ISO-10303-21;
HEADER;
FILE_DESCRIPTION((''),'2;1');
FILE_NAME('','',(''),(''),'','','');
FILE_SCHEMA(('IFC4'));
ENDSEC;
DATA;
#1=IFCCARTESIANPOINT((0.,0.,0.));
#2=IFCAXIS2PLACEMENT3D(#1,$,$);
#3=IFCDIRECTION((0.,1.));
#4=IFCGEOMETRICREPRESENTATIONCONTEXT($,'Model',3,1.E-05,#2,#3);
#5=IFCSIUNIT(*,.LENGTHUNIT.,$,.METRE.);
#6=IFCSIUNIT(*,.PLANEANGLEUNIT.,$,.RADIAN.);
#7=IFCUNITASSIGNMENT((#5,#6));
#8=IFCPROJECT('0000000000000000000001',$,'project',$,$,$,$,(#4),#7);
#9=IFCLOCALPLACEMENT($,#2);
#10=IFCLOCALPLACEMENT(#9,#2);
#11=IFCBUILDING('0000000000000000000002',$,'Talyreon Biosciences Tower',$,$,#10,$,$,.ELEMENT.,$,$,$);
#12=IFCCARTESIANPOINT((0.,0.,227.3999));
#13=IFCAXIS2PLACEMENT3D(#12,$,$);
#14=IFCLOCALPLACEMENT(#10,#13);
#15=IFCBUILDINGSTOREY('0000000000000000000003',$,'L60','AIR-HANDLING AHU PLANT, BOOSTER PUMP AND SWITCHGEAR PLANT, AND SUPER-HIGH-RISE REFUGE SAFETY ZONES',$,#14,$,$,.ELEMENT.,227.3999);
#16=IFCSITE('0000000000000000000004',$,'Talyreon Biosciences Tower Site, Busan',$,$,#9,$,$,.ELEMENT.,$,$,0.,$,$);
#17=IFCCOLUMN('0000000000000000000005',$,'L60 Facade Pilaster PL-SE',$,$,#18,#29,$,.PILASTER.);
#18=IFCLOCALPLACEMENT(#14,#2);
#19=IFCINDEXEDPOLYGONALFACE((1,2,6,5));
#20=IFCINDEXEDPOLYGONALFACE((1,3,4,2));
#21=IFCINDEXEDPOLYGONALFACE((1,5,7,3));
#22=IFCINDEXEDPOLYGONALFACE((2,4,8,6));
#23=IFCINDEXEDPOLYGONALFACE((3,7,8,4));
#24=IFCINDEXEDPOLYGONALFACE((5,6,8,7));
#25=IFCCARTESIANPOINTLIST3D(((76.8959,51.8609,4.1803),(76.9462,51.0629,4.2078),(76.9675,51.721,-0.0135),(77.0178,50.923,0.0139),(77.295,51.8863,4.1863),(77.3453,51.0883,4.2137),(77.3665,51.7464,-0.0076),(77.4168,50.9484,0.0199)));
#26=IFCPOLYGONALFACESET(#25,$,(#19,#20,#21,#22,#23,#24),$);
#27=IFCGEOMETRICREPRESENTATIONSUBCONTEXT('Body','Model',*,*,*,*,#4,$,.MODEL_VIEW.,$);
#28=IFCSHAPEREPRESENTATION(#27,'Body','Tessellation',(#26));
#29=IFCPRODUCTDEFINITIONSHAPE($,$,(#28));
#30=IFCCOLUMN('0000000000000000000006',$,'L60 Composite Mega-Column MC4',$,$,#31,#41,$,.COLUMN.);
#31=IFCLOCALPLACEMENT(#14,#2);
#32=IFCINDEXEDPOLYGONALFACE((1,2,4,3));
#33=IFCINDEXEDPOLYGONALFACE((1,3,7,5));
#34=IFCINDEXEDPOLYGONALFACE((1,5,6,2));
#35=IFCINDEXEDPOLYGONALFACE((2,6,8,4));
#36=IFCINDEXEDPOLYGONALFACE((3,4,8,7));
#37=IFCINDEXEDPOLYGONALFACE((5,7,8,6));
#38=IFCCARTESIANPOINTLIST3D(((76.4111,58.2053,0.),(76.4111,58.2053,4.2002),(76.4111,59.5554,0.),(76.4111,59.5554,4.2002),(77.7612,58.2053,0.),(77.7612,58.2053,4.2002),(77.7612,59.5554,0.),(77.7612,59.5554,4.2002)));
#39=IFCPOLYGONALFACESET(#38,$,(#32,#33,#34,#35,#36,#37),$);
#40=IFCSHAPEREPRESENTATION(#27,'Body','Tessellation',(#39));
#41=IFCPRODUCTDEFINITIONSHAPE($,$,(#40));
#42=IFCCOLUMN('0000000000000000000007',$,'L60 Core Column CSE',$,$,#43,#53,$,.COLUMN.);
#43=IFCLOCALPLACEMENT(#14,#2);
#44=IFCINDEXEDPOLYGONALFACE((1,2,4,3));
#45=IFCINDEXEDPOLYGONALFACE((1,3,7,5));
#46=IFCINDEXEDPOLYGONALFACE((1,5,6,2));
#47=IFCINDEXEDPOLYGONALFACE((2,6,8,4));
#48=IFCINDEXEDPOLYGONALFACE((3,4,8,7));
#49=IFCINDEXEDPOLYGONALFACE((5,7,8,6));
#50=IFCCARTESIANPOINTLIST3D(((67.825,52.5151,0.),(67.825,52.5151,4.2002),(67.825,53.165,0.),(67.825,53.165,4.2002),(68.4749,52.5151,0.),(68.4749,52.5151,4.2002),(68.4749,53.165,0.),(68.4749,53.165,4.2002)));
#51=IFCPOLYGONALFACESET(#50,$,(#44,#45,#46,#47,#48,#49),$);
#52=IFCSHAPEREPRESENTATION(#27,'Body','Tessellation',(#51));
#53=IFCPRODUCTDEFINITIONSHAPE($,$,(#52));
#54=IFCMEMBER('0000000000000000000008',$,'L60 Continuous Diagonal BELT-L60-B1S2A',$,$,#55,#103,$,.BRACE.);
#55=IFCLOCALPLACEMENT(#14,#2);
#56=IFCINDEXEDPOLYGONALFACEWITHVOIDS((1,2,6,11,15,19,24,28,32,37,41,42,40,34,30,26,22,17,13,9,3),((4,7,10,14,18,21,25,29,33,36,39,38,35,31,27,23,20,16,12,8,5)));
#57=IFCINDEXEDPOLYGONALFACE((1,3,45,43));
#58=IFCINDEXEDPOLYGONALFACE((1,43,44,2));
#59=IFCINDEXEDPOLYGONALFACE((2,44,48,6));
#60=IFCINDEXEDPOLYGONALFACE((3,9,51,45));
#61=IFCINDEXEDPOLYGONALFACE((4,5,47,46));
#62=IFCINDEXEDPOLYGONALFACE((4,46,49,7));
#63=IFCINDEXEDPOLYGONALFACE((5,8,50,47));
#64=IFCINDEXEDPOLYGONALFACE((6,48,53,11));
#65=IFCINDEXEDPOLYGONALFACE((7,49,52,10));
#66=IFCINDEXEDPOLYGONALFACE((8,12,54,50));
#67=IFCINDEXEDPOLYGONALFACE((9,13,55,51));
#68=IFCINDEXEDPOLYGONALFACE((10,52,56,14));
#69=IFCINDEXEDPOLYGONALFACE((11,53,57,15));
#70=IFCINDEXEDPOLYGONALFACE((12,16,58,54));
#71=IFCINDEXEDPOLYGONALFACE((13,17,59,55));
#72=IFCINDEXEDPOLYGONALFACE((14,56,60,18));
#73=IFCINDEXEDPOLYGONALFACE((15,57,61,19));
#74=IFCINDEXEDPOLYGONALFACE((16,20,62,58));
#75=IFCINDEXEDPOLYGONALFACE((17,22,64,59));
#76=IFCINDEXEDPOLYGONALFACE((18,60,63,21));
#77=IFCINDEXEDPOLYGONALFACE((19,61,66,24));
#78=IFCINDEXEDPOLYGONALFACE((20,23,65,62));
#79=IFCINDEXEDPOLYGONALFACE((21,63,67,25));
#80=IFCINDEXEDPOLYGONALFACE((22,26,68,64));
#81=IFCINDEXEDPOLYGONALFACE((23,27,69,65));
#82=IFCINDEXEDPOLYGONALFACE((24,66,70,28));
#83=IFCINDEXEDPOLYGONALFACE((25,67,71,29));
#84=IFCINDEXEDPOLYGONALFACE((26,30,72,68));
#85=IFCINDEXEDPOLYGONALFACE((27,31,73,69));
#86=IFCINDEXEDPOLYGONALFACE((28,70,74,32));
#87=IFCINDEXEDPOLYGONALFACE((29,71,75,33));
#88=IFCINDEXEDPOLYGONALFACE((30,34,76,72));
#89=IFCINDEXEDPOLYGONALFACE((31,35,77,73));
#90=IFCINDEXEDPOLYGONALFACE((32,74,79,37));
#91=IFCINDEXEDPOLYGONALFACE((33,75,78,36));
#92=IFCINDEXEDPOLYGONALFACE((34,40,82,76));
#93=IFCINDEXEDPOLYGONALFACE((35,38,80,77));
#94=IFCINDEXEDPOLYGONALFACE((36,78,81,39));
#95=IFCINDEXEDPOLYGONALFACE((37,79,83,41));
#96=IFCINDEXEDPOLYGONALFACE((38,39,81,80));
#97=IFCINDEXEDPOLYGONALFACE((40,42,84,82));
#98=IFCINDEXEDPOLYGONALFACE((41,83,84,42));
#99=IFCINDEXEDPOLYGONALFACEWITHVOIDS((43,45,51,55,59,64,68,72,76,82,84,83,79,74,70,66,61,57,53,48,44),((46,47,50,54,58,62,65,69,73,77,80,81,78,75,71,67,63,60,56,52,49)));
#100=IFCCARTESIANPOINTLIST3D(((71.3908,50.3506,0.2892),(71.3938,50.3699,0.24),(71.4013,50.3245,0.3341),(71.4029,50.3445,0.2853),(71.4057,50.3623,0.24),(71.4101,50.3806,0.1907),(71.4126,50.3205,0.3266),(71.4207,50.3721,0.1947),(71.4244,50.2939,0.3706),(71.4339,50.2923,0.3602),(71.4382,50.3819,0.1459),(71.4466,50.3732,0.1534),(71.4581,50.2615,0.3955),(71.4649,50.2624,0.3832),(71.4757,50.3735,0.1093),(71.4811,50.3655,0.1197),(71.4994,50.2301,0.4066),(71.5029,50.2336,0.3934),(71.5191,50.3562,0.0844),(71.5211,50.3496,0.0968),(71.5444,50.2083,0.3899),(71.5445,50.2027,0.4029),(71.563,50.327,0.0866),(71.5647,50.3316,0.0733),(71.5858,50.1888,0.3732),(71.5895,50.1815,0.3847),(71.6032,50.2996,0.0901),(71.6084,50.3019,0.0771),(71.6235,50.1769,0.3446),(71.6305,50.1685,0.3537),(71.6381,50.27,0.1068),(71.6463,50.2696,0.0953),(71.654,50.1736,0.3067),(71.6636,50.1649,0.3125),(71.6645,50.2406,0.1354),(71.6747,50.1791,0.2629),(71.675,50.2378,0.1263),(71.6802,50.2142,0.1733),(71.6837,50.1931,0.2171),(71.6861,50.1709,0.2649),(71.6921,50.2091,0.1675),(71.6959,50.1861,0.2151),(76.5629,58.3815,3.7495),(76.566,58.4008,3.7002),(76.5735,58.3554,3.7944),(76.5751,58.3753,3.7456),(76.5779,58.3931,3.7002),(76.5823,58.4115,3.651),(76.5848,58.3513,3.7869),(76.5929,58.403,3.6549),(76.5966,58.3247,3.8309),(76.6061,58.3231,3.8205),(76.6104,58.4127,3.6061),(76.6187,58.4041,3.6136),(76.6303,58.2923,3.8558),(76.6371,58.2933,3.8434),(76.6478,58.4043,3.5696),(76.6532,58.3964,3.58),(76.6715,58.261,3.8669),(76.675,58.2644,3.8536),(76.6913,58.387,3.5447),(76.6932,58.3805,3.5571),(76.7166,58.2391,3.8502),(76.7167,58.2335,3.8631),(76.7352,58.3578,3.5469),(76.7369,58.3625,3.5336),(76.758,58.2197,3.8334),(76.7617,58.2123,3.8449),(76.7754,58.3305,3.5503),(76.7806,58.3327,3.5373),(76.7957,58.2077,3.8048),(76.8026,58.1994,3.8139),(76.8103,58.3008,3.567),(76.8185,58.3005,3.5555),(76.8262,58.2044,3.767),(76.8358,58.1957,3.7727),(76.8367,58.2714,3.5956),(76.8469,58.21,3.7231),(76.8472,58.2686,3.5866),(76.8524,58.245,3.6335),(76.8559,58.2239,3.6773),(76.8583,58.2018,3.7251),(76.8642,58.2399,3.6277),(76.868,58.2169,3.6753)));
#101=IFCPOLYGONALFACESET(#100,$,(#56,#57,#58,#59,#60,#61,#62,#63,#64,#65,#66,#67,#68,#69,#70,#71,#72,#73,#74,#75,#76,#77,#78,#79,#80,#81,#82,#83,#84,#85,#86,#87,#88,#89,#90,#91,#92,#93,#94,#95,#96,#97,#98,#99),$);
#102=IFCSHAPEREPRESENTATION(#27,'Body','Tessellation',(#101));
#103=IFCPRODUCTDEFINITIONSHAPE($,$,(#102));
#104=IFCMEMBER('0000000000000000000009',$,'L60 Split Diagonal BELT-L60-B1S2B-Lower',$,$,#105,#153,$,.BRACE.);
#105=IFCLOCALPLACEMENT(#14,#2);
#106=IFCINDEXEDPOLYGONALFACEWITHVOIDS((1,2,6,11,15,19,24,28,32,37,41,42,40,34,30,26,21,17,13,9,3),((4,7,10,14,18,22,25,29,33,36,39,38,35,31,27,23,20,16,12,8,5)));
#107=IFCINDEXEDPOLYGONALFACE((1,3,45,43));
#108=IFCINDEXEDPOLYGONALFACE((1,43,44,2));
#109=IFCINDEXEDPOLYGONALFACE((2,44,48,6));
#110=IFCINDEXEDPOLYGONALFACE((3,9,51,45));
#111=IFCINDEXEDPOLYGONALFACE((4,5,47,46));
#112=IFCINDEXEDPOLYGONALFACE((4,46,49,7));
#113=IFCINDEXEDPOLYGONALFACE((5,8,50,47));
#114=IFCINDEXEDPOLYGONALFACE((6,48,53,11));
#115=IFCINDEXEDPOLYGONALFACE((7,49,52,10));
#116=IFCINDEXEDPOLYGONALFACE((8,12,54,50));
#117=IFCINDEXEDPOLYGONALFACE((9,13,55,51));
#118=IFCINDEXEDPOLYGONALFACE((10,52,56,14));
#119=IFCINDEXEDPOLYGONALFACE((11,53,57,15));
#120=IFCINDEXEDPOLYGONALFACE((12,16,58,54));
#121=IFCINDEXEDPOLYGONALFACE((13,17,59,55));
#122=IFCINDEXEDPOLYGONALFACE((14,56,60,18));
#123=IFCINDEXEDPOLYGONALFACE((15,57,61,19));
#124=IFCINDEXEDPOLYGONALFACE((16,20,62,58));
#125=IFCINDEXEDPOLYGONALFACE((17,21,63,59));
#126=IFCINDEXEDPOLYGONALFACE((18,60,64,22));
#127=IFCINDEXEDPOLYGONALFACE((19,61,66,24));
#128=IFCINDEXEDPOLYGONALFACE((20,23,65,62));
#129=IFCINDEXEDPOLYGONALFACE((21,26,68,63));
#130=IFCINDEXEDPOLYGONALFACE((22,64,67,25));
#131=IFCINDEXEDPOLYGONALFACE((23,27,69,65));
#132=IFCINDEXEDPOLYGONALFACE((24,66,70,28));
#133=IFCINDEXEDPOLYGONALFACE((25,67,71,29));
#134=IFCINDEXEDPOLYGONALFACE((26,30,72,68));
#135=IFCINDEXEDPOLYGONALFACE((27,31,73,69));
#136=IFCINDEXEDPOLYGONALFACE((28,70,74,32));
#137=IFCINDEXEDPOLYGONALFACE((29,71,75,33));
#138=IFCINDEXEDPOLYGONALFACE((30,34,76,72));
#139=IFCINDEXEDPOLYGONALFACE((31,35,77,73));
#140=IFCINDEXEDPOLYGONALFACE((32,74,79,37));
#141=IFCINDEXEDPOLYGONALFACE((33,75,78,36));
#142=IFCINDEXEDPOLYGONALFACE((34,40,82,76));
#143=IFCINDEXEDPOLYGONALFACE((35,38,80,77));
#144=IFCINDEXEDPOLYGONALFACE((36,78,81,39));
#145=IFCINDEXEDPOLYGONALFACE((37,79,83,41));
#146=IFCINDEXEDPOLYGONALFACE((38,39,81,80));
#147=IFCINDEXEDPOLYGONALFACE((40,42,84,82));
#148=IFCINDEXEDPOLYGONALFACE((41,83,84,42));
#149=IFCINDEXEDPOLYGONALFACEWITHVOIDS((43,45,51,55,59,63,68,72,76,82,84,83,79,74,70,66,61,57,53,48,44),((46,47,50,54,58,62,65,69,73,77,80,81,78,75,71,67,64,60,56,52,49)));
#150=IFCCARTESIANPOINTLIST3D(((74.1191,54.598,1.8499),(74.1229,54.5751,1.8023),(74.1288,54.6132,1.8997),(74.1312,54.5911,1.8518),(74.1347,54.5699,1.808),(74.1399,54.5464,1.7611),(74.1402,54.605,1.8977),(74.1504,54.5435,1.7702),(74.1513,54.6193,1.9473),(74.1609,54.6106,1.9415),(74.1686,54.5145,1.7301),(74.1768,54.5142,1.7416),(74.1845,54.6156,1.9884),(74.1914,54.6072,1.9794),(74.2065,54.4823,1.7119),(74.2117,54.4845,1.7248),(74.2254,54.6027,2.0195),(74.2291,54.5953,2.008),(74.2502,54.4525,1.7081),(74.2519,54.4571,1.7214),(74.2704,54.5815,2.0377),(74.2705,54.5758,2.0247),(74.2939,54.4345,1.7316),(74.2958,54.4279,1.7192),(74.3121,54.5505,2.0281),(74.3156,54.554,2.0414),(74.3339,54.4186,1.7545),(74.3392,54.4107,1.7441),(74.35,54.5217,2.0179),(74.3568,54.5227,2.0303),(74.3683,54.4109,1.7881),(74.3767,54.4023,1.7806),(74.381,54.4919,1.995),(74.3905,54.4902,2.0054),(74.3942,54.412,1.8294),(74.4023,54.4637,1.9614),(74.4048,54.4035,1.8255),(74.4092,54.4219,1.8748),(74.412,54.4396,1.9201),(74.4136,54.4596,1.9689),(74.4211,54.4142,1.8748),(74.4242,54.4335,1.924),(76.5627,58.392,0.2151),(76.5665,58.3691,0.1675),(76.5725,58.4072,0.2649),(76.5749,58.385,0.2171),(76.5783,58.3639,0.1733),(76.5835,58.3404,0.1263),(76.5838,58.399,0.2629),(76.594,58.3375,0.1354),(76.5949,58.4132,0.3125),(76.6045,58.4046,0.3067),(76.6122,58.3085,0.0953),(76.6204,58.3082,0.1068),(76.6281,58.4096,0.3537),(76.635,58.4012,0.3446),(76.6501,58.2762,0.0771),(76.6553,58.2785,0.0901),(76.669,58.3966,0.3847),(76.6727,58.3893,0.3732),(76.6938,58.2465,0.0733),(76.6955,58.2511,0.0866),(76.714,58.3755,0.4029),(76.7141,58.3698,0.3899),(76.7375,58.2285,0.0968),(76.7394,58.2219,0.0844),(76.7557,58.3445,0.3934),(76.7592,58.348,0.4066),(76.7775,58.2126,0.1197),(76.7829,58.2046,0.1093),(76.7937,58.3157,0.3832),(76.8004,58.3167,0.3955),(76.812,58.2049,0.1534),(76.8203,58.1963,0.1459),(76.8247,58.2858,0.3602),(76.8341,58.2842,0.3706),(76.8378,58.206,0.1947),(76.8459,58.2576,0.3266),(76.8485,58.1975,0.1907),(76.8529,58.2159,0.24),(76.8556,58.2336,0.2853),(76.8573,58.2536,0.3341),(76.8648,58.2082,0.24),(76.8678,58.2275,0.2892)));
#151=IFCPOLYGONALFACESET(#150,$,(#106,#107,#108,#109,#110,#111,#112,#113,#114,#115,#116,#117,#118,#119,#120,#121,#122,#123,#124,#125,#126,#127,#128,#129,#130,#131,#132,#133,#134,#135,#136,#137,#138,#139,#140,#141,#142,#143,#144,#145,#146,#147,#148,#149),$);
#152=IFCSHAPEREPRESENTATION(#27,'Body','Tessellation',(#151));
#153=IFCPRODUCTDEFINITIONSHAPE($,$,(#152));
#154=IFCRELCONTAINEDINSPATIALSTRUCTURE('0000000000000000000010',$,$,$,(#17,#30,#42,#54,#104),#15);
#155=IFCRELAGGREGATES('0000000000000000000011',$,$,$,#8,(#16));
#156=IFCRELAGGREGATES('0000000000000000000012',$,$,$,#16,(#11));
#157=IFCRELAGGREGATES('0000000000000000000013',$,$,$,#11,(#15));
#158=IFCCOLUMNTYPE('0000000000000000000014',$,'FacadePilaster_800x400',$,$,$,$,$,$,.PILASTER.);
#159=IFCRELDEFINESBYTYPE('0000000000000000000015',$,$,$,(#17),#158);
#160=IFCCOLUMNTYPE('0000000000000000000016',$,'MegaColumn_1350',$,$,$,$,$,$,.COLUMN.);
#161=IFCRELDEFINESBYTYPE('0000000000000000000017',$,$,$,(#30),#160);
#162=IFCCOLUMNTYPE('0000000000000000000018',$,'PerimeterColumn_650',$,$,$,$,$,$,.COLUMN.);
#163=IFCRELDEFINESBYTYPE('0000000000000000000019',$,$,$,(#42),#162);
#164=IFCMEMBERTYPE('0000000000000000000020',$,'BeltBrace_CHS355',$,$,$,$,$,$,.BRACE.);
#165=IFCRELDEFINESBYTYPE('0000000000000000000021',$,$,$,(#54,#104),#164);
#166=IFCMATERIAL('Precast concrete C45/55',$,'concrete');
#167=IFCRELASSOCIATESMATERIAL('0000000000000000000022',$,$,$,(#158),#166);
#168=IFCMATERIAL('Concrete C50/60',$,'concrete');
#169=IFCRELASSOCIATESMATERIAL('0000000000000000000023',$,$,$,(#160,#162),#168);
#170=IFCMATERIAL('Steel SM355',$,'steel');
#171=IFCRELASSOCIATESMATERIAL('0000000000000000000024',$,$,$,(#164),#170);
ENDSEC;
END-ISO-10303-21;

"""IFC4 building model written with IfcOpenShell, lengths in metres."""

from ifc_helpers import new_model, si_unit, direction, frame, origin, origin_2d, place, context, subcontext, project, spatial, rectangle, hollow_circle, extrude, material, material_profile, profile_set, type_object, element, save


model = new_model("IFC4")

# Units and contexts
model_context = context("Model", 3, precision=1e-05, world=origin(), true_north=direction((0.0, 1.0)))
body_context = subcontext(model_context, "Body", "Model", "MODEL_VIEW")
ifc_project = project(units=[si_unit("LENGTHUNIT", "METRE"), si_unit("PLANEANGLEUNIT", "RADIAN")], contexts=[model_context])

# Site, building, storey
site_placement = place(None, origin())
site = spatial("IfcSite", under=ifc_project, at=site_placement, Name="Talyreon Biosciences Tower Site, Busan", CompositionType="ELEMENT", RefElevation=0.0)
building_placement = place(site_placement, origin())
building = spatial("IfcBuilding", under=site, at=building_placement, Name="Talyreon Biosciences Tower", CompositionType="ELEMENT")
storey_placement = place(building_placement, frame((0.0, 0.0, 227.3999)))
storey = spatial("IfcBuildingStorey", under=building, at=storey_placement, Name="L60", Description="AIR-HANDLING AHU PLANT, BOOSTER PUMP AND SWITCHGEAR PLANT, AND SUPER-HIGH-RISE REFUGE SAFETY ZONES", CompositionType="ELEMENT", Elevation=227.3999)

# Columns
ifc_material_1 = material(Name="Precast concrete C45/55", Category="concrete")
ifc_material_profile_1 = material_profile(ifc_material_1, rectangle(XDim=0.8, YDim=0.3999, at=origin_2d()), Name="RC 800x400")
ifc_profile_set_1 = profile_set([ifc_material_profile_1], Name="Precast concrete C45/55")
column_type_1 = type_object("IfcColumnType", Name="FacadePilaster_800x400", PredefinedType="PILASTER", material=ifc_profile_set_1)
column_1_placement = place(storey_placement, frame((77.1921, 51.3347, 0.0032), z_axis=(-0.017045, 0.033333, 0.999299), x_axis=(0.062892, -0.997429, 0.034344)))
element("IfcColumn", 1, at=column_1_placement, inside=storey, type_object=column_type_1, Name="L60 Facade Pilaster PL-SE", PredefinedType="PILASTER", context=body_context, shape_type="SweptSolid", body=[
    extrude(rectangle(XDim=0.8, YDim=0.3999, at=origin_2d()), origin(), (0.0, 0.0, 1.0), 4.1968),
])
ifc_material_2 = material(Name="Concrete C50/60", Category="concrete")
ifc_material_profile_2 = material_profile(ifc_material_2, rectangle(XDim=1.3501, YDim=1.3501, at=origin_2d()), Name="RC 1350x1350")
ifc_profile_set_2 = profile_set([ifc_material_profile_2], Name="Concrete C50/60")
column_type_2 = type_object("IfcColumnType", Name="MegaColumn_1350", PredefinedType="COLUMN", material=ifc_profile_set_2)
column_2_placement = place(storey_placement, frame((77.0862, 58.8804, 0.0), z_axis=(0.0, 0.0, 1.0), x_axis=(1.0, 0.0, 0.0)))
element("IfcColumn", 2, at=column_2_placement, inside=storey, type_object=column_type_2, Name="L60 Composite Mega-Column MC4", PredefinedType="COLUMN", context=body_context, shape_type="SweptSolid", body=[
    extrude(rectangle(XDim=1.3501, YDim=1.3501, at=origin_2d()), origin(), (0.0, 0.0, 1.0), 4.2002),
])
ifc_material_profile_3 = material_profile(ifc_material_2, rectangle(XDim=0.6499, YDim=0.6499, at=origin_2d()), Name="RC 650x650")
ifc_profile_set_3 = profile_set([ifc_material_profile_3], Name="Concrete C50/60")
column_type_3 = type_object("IfcColumnType", Name="PerimeterColumn_650", PredefinedType="COLUMN", material=ifc_profile_set_3)
column_3_placement = place(storey_placement, frame((68.1499, 52.8401, 0.0), z_axis=(0.0, 0.0, 1.0), x_axis=(1.0, 0.0, 0.0)))
element("IfcColumn", 3, at=column_3_placement, inside=storey, type_object=column_type_3, Name="L60 Core Column CSE", PredefinedType="COLUMN", context=body_context, shape_type="SweptSolid", body=[
    extrude(rectangle(XDim=0.6499, YDim=0.6499, at=origin_2d()), origin(), (0.0, 0.0, 1.0), 4.2002),
])

# Members
ifc_material_3 = material(Name="Steel SM355", Category="steel")
ifc_material_profile_4 = material_profile(ifc_material_3, hollow_circle(Radius=0.1777, WallThickness=0.0142, at=origin_2d()), Name="CHS 355.6x14.2")
ifc_profile_set_4 = profile_set([ifc_material_profile_4], Name="Steel SM355")
member_type_1 = type_object("IfcMemberType", Name="BeltBrace_CHS355", PredefinedType="BRACE", material=ifc_profile_set_4)
member_1_placement = place(storey_placement, frame((71.5432, 50.2737, 0.24), z_axis=(0.509088, 0.790462, 0.340586), x_axis=(-0.840726, 0.54146, 0.0)))
element("IfcMember", 4, at=member_1_placement, inside=storey, type_object=member_type_1, Name="L60 Continuous Diagonal BELT-L60-B1S2A", PredefinedType="BRACE", context=body_context, shape_type="SweptSolid", body=[
    extrude(hollow_circle(Radius=0.1777, WallThickness=0.0142, at=origin_2d()), origin(), (0.0, 0.0, 1.0), 10.1597),
])
member_2_placement = place(storey_placement, frame((76.7153, 58.3044, 0.24), z_axis=(-0.50911, -0.790445, 0.340593), x_axis=(0.840711, -0.541485, 0.0)))
element("IfcMember", 5, at=member_2_placement, inside=storey, type_object=member_type_1, Name="L60 Split Diagonal BELT-L60-B1S2B-Lower", PredefinedType="BRACE", context=body_context, shape_type="SweptSolid", body=[
    extrude(hollow_circle(Radius=0.1777, WallThickness=0.0142, at=origin_2d()), origin(), (0.0, 0.0, 1.0), 4.7998),
])

save(model, "model.ifc")
